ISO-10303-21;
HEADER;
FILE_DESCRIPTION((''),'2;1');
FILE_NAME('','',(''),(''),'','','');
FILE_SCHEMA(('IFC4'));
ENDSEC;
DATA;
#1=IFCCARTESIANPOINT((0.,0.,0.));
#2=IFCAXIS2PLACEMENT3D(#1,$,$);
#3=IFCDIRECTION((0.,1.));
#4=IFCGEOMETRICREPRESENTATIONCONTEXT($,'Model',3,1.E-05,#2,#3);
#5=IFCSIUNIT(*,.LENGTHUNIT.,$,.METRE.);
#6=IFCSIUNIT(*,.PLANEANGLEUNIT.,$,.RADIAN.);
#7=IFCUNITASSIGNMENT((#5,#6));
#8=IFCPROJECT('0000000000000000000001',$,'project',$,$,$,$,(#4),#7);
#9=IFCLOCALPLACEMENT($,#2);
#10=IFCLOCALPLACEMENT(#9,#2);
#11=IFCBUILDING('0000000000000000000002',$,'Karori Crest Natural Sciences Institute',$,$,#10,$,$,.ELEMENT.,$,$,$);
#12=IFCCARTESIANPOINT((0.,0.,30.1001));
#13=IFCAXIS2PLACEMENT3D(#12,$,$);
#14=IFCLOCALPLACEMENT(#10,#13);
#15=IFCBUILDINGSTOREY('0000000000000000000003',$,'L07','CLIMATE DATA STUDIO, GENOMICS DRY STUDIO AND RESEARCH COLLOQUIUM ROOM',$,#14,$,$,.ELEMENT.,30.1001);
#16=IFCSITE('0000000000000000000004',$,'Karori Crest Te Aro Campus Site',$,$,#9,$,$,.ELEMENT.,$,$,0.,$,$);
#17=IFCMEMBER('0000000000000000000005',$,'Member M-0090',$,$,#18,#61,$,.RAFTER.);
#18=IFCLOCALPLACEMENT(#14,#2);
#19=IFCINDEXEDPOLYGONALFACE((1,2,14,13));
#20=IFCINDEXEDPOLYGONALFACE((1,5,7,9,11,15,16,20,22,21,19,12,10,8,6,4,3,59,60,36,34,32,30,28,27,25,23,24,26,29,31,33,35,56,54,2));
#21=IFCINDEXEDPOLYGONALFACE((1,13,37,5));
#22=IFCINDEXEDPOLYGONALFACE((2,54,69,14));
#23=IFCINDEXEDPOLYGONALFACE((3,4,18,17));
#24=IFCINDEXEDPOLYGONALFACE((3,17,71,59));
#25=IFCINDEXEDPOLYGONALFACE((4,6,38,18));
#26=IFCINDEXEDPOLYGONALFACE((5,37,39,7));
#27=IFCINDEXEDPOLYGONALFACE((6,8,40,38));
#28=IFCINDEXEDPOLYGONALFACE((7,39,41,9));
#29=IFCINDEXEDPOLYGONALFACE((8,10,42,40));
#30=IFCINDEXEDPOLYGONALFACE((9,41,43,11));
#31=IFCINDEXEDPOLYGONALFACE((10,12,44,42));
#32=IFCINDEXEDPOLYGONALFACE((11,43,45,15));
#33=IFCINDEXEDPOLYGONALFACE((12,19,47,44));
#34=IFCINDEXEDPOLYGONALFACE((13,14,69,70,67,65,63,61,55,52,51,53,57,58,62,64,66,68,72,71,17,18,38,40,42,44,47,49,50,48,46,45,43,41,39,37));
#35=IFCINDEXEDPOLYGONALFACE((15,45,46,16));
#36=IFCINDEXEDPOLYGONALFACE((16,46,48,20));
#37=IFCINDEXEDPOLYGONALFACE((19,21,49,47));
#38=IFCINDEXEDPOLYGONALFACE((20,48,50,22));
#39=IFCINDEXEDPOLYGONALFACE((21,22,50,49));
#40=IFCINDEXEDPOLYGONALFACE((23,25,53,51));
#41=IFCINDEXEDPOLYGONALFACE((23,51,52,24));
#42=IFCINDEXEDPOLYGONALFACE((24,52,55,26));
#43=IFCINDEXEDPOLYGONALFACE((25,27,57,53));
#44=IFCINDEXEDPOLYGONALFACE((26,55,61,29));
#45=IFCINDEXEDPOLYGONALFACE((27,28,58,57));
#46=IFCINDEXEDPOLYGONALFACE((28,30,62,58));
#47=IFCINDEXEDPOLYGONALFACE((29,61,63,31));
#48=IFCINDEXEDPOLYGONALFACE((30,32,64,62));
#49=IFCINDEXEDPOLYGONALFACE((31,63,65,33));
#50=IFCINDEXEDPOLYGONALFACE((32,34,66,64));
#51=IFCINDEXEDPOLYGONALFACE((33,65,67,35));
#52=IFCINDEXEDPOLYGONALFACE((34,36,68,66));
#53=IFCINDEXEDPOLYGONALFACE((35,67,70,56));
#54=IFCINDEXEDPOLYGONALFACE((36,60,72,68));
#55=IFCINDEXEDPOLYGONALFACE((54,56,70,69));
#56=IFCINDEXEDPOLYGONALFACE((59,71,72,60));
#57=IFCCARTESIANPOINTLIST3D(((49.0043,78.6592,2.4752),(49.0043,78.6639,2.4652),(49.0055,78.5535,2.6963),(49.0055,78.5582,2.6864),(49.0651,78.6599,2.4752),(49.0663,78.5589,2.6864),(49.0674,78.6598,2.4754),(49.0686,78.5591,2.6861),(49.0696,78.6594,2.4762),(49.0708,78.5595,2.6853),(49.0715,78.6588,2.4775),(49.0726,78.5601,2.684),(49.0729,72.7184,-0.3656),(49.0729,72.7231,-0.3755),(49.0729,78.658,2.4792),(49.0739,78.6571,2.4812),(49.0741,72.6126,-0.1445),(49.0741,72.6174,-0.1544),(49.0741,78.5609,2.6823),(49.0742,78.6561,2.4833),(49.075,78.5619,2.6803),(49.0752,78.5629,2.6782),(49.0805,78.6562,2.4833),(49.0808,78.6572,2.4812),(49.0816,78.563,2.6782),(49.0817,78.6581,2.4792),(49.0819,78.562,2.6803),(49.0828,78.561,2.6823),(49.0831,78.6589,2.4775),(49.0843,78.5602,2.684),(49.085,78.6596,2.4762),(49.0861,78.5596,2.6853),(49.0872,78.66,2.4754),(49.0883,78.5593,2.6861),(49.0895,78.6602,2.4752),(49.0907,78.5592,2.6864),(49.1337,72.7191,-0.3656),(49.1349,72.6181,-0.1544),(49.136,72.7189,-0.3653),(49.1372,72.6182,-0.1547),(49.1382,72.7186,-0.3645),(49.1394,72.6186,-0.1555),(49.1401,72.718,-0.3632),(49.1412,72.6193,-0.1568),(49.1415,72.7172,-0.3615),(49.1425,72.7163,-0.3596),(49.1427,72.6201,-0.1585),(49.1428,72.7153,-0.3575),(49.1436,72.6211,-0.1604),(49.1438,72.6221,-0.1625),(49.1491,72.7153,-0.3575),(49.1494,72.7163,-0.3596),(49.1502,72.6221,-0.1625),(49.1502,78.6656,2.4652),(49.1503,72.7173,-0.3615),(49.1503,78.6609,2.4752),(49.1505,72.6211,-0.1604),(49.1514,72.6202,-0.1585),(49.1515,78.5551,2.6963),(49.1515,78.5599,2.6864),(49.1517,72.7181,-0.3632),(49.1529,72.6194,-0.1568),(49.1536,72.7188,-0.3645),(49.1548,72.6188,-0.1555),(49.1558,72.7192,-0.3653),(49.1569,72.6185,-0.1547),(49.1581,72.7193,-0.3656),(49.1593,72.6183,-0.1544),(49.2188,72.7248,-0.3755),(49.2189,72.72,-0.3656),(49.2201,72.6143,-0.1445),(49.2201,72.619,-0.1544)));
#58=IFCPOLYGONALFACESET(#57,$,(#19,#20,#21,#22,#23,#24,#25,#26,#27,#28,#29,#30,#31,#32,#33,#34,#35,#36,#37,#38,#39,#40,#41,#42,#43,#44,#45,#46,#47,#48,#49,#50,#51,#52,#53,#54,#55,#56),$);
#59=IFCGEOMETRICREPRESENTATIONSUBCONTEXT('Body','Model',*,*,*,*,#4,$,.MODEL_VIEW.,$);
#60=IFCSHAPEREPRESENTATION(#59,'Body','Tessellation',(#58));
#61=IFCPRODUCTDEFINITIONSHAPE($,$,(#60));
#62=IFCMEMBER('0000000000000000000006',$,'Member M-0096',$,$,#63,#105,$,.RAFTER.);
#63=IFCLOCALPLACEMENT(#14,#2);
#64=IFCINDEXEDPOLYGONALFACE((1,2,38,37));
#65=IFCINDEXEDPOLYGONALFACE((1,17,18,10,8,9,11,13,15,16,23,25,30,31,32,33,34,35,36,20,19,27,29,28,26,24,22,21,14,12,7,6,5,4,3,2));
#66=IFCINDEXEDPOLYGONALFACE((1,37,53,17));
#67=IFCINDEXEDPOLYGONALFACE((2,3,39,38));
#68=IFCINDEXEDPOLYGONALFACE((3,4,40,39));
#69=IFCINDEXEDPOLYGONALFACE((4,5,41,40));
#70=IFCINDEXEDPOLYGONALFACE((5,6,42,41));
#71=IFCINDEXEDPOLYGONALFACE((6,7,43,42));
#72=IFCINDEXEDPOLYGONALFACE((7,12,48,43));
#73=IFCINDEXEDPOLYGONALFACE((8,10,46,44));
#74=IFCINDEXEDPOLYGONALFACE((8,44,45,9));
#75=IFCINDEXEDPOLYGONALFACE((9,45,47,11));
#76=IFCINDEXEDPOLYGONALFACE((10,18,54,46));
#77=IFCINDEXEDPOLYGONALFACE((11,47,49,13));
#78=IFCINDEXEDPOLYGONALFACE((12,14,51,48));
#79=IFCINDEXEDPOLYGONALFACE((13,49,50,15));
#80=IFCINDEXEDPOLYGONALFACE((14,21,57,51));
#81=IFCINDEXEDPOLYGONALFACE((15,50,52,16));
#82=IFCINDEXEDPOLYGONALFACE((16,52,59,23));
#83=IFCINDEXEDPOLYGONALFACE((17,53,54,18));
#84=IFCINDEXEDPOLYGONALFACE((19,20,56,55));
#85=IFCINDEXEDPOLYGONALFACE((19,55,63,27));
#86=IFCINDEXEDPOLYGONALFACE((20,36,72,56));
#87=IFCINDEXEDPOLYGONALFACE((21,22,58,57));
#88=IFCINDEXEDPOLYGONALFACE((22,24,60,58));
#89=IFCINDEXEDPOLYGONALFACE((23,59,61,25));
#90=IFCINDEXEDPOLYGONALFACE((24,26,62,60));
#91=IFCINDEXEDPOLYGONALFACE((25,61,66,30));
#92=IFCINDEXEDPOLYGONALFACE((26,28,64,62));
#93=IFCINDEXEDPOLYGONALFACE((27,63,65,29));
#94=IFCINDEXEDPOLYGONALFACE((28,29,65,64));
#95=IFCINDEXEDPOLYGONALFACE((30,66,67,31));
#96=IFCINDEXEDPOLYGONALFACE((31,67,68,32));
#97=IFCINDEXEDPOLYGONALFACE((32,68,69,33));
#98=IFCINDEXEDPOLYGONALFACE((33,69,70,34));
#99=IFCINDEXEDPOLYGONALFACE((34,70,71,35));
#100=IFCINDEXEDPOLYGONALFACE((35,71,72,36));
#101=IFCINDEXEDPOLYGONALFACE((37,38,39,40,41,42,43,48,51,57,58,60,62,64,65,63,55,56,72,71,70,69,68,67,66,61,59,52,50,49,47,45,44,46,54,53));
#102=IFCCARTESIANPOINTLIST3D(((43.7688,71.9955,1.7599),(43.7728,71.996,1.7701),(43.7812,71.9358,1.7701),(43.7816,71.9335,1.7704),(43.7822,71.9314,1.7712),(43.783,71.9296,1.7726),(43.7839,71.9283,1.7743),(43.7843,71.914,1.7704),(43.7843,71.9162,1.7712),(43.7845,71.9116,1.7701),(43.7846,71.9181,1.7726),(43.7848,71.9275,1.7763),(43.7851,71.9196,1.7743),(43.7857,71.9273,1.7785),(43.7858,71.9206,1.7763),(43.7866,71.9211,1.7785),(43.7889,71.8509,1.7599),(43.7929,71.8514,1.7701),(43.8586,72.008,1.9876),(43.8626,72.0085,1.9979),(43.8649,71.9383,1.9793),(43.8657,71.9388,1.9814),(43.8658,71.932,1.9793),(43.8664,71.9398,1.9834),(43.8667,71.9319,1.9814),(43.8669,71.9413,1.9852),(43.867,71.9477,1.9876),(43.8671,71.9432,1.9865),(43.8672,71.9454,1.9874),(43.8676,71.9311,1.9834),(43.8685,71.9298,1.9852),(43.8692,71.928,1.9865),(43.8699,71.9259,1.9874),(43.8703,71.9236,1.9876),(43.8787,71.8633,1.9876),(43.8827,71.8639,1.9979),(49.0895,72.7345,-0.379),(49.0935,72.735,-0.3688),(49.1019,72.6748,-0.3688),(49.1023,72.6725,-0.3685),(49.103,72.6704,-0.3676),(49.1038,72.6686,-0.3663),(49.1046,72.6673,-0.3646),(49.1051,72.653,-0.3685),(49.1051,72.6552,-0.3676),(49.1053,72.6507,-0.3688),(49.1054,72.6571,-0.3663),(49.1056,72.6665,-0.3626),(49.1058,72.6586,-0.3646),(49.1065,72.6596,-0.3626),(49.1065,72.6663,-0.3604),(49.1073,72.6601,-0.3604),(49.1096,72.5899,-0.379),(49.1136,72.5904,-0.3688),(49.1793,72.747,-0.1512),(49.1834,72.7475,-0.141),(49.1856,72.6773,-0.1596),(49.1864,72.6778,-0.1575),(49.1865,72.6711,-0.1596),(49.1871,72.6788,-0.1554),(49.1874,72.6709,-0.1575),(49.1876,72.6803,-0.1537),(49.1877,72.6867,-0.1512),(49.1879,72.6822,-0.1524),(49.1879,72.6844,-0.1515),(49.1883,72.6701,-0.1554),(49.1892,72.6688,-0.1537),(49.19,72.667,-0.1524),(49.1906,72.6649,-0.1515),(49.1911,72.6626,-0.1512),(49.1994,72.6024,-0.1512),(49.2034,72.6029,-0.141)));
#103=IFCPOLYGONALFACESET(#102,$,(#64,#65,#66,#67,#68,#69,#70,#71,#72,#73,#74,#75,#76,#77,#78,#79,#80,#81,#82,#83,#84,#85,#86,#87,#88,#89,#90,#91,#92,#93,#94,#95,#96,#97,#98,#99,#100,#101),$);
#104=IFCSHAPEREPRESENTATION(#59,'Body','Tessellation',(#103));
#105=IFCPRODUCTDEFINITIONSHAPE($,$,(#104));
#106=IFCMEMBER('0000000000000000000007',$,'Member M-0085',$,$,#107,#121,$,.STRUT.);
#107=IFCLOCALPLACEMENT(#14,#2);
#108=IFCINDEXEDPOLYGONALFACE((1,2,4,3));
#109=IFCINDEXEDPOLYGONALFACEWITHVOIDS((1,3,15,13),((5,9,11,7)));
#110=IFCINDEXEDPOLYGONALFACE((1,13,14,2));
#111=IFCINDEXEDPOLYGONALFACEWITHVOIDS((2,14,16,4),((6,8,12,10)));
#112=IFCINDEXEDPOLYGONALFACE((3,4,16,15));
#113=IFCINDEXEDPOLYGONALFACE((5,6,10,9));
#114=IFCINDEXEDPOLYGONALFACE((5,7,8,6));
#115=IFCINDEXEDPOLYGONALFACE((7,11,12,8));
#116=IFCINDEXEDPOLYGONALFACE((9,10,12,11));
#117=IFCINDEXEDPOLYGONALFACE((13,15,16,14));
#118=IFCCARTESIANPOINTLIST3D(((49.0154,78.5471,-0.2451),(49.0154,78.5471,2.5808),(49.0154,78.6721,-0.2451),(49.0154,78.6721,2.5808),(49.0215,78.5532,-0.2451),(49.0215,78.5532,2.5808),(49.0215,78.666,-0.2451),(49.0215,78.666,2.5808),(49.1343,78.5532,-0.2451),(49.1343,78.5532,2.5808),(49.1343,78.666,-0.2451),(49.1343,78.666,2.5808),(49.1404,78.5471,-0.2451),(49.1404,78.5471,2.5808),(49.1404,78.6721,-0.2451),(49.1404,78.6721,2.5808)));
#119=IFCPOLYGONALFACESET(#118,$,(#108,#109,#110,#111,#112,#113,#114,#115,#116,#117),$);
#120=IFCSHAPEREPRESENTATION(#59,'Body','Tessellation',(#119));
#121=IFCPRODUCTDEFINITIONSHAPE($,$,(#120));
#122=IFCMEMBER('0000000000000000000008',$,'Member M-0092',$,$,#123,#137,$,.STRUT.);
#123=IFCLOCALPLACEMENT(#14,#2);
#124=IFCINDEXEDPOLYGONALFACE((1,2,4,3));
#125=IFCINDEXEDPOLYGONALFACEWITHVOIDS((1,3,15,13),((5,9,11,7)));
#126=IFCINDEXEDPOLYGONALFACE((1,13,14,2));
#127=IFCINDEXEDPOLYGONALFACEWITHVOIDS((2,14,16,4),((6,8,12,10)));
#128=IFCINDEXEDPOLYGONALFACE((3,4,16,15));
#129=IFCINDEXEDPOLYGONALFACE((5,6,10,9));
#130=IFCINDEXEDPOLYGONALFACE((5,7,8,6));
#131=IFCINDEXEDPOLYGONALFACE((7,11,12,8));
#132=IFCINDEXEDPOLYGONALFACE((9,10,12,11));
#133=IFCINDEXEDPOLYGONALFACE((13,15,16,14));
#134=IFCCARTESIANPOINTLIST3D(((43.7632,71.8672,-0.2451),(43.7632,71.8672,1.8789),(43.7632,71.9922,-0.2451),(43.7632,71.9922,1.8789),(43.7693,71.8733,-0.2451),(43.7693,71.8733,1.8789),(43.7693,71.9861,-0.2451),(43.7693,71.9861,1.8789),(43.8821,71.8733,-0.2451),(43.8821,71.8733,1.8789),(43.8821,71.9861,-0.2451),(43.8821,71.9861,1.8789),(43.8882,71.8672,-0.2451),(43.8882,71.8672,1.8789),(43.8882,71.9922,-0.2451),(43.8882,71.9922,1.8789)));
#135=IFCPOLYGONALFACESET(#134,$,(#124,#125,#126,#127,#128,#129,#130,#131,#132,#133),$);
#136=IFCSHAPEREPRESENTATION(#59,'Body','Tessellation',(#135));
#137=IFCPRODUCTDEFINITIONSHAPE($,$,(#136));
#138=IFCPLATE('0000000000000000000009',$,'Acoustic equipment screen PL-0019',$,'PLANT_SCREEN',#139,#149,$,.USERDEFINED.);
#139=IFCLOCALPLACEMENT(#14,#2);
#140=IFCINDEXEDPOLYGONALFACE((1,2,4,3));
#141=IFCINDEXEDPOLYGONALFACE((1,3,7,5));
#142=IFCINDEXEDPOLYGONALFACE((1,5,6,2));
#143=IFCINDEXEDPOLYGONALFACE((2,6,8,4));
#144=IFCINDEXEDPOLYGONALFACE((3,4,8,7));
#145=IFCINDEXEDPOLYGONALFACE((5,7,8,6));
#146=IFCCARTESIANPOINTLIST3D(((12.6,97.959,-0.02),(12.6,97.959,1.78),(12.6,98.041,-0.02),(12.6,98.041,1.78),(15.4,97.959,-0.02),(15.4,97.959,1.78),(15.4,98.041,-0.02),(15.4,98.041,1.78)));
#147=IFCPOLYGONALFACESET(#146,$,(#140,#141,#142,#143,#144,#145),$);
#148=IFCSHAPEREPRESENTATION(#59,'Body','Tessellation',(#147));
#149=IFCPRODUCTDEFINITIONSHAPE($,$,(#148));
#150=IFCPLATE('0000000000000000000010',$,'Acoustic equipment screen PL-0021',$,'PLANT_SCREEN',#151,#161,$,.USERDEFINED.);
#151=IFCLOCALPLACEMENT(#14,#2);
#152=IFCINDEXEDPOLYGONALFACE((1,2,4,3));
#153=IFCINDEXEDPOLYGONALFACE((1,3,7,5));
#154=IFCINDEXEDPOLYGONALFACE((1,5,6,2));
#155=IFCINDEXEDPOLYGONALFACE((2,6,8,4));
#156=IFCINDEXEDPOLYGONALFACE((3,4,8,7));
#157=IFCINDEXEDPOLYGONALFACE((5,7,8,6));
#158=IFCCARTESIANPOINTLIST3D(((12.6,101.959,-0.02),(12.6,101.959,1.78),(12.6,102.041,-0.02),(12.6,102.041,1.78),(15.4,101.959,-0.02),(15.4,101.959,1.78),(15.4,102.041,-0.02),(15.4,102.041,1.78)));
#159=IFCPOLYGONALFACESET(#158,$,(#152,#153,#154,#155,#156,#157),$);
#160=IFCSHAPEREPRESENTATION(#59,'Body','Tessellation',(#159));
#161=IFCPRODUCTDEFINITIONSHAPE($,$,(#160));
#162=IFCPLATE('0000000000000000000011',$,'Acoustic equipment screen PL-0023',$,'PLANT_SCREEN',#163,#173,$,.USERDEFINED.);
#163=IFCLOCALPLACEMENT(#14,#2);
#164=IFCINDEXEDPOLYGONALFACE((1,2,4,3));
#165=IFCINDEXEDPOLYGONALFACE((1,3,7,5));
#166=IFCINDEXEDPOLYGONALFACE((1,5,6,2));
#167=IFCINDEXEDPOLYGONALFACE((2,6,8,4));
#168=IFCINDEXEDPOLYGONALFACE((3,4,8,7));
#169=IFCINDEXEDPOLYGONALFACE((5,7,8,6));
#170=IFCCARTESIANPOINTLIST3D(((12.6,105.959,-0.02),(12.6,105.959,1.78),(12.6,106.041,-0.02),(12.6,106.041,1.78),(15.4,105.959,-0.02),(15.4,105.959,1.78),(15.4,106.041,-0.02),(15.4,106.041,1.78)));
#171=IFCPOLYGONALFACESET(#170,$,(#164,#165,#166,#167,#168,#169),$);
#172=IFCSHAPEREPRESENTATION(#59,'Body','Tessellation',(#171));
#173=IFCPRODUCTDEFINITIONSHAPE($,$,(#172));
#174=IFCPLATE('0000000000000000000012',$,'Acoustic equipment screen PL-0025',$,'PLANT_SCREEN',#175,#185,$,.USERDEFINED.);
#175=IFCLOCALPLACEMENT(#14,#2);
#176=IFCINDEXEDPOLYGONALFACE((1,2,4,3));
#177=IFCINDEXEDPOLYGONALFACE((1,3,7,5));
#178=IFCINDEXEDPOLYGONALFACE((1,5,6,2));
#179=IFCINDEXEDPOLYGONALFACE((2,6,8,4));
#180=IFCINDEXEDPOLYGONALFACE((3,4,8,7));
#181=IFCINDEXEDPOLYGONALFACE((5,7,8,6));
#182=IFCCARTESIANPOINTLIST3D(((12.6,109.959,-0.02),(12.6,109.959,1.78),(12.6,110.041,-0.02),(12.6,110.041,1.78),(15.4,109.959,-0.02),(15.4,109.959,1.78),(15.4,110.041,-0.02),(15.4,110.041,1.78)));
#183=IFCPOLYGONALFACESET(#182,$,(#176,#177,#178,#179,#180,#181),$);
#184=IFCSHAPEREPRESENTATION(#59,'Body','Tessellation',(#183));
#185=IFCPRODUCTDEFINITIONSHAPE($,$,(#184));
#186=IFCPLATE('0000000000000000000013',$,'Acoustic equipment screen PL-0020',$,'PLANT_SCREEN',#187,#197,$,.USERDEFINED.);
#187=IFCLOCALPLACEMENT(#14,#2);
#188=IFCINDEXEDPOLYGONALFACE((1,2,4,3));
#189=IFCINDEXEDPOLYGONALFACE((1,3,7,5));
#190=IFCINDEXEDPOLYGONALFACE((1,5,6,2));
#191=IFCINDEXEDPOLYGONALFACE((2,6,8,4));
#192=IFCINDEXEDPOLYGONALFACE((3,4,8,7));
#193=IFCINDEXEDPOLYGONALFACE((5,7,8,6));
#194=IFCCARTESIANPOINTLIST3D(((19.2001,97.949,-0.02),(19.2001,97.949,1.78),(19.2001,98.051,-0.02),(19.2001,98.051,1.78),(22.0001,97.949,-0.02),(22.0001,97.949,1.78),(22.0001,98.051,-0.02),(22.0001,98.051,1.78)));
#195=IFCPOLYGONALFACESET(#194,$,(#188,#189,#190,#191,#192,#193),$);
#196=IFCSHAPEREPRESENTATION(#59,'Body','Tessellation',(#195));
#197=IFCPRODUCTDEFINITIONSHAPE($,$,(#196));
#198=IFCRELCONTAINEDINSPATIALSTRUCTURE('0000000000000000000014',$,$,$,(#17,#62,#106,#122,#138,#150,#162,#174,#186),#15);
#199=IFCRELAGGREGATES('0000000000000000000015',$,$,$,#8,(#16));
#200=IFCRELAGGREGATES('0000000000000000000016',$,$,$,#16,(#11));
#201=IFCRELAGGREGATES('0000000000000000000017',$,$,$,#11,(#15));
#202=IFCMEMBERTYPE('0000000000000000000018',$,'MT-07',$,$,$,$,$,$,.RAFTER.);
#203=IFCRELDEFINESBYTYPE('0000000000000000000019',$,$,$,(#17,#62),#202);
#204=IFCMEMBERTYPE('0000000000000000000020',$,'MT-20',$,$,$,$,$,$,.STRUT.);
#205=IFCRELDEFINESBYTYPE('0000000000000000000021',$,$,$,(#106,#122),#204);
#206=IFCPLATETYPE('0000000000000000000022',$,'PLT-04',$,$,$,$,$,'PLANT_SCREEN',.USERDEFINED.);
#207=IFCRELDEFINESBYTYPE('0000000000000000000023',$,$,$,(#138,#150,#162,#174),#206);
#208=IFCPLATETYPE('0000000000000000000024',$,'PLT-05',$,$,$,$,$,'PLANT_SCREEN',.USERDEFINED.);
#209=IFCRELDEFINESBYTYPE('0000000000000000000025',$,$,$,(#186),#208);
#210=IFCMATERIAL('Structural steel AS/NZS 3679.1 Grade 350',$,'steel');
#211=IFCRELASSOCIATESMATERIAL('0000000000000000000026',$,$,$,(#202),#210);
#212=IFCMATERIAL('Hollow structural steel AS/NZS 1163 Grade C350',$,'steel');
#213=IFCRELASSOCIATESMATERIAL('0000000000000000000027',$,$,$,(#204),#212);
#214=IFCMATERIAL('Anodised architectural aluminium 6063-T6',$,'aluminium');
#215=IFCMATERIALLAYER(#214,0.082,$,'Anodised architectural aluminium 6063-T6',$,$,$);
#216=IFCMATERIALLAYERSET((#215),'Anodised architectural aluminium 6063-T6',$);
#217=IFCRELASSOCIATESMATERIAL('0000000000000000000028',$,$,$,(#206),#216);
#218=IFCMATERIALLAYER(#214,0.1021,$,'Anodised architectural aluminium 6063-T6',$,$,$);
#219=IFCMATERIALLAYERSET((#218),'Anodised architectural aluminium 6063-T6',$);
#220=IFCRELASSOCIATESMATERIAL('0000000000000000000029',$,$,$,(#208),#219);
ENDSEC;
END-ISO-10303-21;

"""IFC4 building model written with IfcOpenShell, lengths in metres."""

from ifc_helpers import new_model, si_unit, direction, frame, origin, origin_2d, place, context, subcontext, project, spatial, rectangle, hollow_rectangle, i_section, extrude, material, layer, layer_set, material_profile, profile_set, type_object, element, save


model = new_model("IFC4")

# Units and contexts
model_context = context("Model", 3, precision=1e-05, world=origin(), true_north=direction((0.0, 1.0)))
body_context = subcontext(model_context, "Body", "Model", "MODEL_VIEW")
ifc_project = project(units=[si_unit("LENGTHUNIT", "METRE"), si_unit("PLANEANGLEUNIT", "RADIAN")], contexts=[model_context])

# Site, building, storey
site_placement = place(None, origin())
site = spatial("IfcSite", under=ifc_project, at=site_placement, Name="Karori Crest Te Aro Campus Site", CompositionType="ELEMENT", RefElevation=0.0)
building_placement = place(site_placement, origin())
building = spatial("IfcBuilding", under=site, at=building_placement, Name="Karori Crest Natural Sciences Institute", CompositionType="ELEMENT")
storey_placement = place(building_placement, frame((0.0, 0.0, 30.1001)))
storey = spatial("IfcBuildingStorey", under=building, at=storey_placement, Name="L07", Description="CLIMATE DATA STUDIO, GENOMICS DRY STUDIO AND RESEARCH COLLOQUIUM ROOM", CompositionType="ELEMENT", Elevation=30.1001)

# Members
ifc_material_1 = material(Name="Structural steel AS/NZS 3679.1 Grade 350", Category="steel")
ifc_material_profile_1 = material_profile(ifc_material_1, i_section(OverallWidth=0.146, OverallDepth=0.2561, WebThickness=0.0063, FlangeThickness=0.011, FilletRadius=0.009, at=origin_2d()), Name="250UB37.3")
ifc_profile_set_1 = profile_set([ifc_material_profile_1], Name="Structural steel AS/NZS 3679.1 Grade 350")
member_type_1 = type_object("IfcMemberType", Name="MT-07", PredefinedType="RAFTER", material=ifc_profile_set_1)
member_1_placement = place(storey_placement, frame((49.1465, 72.6687, -0.26), z_axis=(-0.010417, 0.902114, 0.431372), x_axis=(-0.999933, -0.011547, 0.0)))
element("IfcMember", 1, at=member_1_placement, inside=storey, type_object=member_type_1, Name="Member M-0090", PredefinedType="RAFTER", context=body_context, shape_type="SweptSolid", body=[
    extrude(i_section(OverallWidth=0.146, OverallDepth=0.2561, WebThickness=0.0063, FlangeThickness=0.011, FilletRadius=0.009, at=origin_2d()), origin(), (0.0, 0.0, 1.0), 6.5854),
])
member_2_placement = place(storey_placement, frame((49.1465, 72.6687, -0.26), z_axis=(-0.920228, -0.127812, 0.369924), x_axis=(0.137571, -0.990492, 0.0)))
element("IfcMember", 2, at=member_2_placement, inside=storey, type_object=member_type_1, Name="Member M-0096", PredefinedType="RAFTER", context=body_context, shape_type="SweptSolid", body=[
    extrude(i_section(OverallWidth=0.146, OverallDepth=0.2561, WebThickness=0.0063, FlangeThickness=0.011, FilletRadius=0.009, at=origin_2d()), origin(), (0.0, 0.0, 1.0), 5.782),
])
ifc_material_2 = material(Name="Hollow structural steel AS/NZS 1163 Grade C350", Category="steel")
ifc_material_profile_2 = material_profile(ifc_material_2, hollow_rectangle(XDim=0.125, YDim=0.125, WallThickness=0.0061, at=origin_2d()), Name="SHS125x125x6")
ifc_profile_set_2 = profile_set([ifc_material_profile_2], Name="Hollow structural steel AS/NZS 1163 Grade C350")
member_type_2 = type_object("IfcMemberType", Name="MT-20", PredefinedType="STRUT", material=ifc_profile_set_2)
member_3_placement = place(storey_placement, frame((49.0779, 78.6096, -0.2451), z_axis=(0.0, 0.0, 1.0), x_axis=(1.0, 0.0, 0.0)))
element("IfcMember", 3, at=member_3_placement, inside=storey, type_object=member_type_2, Name="Member M-0085", PredefinedType="STRUT", context=body_context, shape_type="SweptSolid", body=[
    extrude(hollow_rectangle(XDim=0.125, YDim=0.125, WallThickness=0.0061, at=origin_2d()), origin(), (0.0, 0.0, 1.0), 2.8259),
])
member_4_placement = place(storey_placement, frame((43.8257, 71.9297, -0.2451), z_axis=(0.0, 0.0, 1.0), x_axis=(1.0, 0.0, 0.0)))
element("IfcMember", 4, at=member_4_placement, inside=storey, type_object=member_type_2, Name="Member M-0092", PredefinedType="STRUT", context=body_context, shape_type="SweptSolid", body=[
    extrude(hollow_rectangle(XDim=0.125, YDim=0.125, WallThickness=0.0061, at=origin_2d()), origin(), (0.0, 0.0, 1.0), 2.124),
])

# Plates
ifc_material_3 = material(Name="Anodised architectural aluminium 6063-T6", Category="aluminium")
ifc_layer_1 = layer(ifc_material_3, 0.082, Name="Anodised architectural aluminium 6063-T6")
ifc_layer_set_1 = layer_set([ifc_layer_1], Name="Anodised architectural aluminium 6063-T6")
plate_type_1 = type_object("IfcPlateType", Name="PLT-04", ElementType="PLANT_SCREEN", PredefinedType="USERDEFINED", material=ifc_layer_set_1)
for number, where, z_axis, x_axis, name in (
    (5, (14.0, 98.0, -0.02), (0.0, 0.0, 1.0), (1.0, 0.0, 0.0), "Acoustic equipment screen PL-0019"),
    (6, (14.0, 102.0, -0.02), (0.0, 0.0, 1.0), (1.0, 0.0, 0.0), "Acoustic equipment screen PL-0021"),
    (7, (14.0, 106.0, -0.02), (0.0, 0.0, 1.0), (1.0, 0.0, 0.0), "Acoustic equipment screen PL-0023"),
    (8, (14.0, 110.0, -0.02), (0.0, 0.0, 1.0), (1.0, 0.0, 0.0), "Acoustic equipment screen PL-0025"),
):
    element("IfcPlate", number, at=place(storey_placement, frame(where, z_axis=z_axis, x_axis=x_axis)), inside=storey, type_object=plate_type_1, Name=name, ObjectType="PLANT_SCREEN", PredefinedType="USERDEFINED", context=body_context, shape_type="SweptSolid", body=[
        extrude(rectangle(XDim=2.8, YDim=0.082, at=origin_2d()), origin(), (0.0, 0.0, 1.0), 1.8),
    ])
ifc_layer_2 = layer(ifc_material_3, 0.1021, Name="Anodised architectural aluminium 6063-T6")
ifc_layer_set_2 = layer_set([ifc_layer_2], Name="Anodised architectural aluminium 6063-T6")
plate_type_2 = type_object("IfcPlateType", Name="PLT-05", ElementType="PLANT_SCREEN", PredefinedType="USERDEFINED", material=ifc_layer_set_2)
for number, where, z_axis, x_axis, name in (
    (9, (20.6001, 98.0, -0.02), (0.0, 0.0, 1.0), (1.0, 0.0, 0.0), "Acoustic equipment screen PL-0020"),
):
    element("IfcPlate", number, at=place(storey_placement, frame(where, z_axis=z_axis, x_axis=x_axis)), inside=storey, type_object=plate_type_2, Name=name, ObjectType="PLANT_SCREEN", PredefinedType="USERDEFINED", context=body_context, shape_type="SweptSolid", body=[
        extrude(rectangle(XDim=2.8, YDim=0.1021, at=origin_2d()), origin(), (0.0, 0.0, 1.0), 1.8),
    ])

save(model, "model.ifc")
